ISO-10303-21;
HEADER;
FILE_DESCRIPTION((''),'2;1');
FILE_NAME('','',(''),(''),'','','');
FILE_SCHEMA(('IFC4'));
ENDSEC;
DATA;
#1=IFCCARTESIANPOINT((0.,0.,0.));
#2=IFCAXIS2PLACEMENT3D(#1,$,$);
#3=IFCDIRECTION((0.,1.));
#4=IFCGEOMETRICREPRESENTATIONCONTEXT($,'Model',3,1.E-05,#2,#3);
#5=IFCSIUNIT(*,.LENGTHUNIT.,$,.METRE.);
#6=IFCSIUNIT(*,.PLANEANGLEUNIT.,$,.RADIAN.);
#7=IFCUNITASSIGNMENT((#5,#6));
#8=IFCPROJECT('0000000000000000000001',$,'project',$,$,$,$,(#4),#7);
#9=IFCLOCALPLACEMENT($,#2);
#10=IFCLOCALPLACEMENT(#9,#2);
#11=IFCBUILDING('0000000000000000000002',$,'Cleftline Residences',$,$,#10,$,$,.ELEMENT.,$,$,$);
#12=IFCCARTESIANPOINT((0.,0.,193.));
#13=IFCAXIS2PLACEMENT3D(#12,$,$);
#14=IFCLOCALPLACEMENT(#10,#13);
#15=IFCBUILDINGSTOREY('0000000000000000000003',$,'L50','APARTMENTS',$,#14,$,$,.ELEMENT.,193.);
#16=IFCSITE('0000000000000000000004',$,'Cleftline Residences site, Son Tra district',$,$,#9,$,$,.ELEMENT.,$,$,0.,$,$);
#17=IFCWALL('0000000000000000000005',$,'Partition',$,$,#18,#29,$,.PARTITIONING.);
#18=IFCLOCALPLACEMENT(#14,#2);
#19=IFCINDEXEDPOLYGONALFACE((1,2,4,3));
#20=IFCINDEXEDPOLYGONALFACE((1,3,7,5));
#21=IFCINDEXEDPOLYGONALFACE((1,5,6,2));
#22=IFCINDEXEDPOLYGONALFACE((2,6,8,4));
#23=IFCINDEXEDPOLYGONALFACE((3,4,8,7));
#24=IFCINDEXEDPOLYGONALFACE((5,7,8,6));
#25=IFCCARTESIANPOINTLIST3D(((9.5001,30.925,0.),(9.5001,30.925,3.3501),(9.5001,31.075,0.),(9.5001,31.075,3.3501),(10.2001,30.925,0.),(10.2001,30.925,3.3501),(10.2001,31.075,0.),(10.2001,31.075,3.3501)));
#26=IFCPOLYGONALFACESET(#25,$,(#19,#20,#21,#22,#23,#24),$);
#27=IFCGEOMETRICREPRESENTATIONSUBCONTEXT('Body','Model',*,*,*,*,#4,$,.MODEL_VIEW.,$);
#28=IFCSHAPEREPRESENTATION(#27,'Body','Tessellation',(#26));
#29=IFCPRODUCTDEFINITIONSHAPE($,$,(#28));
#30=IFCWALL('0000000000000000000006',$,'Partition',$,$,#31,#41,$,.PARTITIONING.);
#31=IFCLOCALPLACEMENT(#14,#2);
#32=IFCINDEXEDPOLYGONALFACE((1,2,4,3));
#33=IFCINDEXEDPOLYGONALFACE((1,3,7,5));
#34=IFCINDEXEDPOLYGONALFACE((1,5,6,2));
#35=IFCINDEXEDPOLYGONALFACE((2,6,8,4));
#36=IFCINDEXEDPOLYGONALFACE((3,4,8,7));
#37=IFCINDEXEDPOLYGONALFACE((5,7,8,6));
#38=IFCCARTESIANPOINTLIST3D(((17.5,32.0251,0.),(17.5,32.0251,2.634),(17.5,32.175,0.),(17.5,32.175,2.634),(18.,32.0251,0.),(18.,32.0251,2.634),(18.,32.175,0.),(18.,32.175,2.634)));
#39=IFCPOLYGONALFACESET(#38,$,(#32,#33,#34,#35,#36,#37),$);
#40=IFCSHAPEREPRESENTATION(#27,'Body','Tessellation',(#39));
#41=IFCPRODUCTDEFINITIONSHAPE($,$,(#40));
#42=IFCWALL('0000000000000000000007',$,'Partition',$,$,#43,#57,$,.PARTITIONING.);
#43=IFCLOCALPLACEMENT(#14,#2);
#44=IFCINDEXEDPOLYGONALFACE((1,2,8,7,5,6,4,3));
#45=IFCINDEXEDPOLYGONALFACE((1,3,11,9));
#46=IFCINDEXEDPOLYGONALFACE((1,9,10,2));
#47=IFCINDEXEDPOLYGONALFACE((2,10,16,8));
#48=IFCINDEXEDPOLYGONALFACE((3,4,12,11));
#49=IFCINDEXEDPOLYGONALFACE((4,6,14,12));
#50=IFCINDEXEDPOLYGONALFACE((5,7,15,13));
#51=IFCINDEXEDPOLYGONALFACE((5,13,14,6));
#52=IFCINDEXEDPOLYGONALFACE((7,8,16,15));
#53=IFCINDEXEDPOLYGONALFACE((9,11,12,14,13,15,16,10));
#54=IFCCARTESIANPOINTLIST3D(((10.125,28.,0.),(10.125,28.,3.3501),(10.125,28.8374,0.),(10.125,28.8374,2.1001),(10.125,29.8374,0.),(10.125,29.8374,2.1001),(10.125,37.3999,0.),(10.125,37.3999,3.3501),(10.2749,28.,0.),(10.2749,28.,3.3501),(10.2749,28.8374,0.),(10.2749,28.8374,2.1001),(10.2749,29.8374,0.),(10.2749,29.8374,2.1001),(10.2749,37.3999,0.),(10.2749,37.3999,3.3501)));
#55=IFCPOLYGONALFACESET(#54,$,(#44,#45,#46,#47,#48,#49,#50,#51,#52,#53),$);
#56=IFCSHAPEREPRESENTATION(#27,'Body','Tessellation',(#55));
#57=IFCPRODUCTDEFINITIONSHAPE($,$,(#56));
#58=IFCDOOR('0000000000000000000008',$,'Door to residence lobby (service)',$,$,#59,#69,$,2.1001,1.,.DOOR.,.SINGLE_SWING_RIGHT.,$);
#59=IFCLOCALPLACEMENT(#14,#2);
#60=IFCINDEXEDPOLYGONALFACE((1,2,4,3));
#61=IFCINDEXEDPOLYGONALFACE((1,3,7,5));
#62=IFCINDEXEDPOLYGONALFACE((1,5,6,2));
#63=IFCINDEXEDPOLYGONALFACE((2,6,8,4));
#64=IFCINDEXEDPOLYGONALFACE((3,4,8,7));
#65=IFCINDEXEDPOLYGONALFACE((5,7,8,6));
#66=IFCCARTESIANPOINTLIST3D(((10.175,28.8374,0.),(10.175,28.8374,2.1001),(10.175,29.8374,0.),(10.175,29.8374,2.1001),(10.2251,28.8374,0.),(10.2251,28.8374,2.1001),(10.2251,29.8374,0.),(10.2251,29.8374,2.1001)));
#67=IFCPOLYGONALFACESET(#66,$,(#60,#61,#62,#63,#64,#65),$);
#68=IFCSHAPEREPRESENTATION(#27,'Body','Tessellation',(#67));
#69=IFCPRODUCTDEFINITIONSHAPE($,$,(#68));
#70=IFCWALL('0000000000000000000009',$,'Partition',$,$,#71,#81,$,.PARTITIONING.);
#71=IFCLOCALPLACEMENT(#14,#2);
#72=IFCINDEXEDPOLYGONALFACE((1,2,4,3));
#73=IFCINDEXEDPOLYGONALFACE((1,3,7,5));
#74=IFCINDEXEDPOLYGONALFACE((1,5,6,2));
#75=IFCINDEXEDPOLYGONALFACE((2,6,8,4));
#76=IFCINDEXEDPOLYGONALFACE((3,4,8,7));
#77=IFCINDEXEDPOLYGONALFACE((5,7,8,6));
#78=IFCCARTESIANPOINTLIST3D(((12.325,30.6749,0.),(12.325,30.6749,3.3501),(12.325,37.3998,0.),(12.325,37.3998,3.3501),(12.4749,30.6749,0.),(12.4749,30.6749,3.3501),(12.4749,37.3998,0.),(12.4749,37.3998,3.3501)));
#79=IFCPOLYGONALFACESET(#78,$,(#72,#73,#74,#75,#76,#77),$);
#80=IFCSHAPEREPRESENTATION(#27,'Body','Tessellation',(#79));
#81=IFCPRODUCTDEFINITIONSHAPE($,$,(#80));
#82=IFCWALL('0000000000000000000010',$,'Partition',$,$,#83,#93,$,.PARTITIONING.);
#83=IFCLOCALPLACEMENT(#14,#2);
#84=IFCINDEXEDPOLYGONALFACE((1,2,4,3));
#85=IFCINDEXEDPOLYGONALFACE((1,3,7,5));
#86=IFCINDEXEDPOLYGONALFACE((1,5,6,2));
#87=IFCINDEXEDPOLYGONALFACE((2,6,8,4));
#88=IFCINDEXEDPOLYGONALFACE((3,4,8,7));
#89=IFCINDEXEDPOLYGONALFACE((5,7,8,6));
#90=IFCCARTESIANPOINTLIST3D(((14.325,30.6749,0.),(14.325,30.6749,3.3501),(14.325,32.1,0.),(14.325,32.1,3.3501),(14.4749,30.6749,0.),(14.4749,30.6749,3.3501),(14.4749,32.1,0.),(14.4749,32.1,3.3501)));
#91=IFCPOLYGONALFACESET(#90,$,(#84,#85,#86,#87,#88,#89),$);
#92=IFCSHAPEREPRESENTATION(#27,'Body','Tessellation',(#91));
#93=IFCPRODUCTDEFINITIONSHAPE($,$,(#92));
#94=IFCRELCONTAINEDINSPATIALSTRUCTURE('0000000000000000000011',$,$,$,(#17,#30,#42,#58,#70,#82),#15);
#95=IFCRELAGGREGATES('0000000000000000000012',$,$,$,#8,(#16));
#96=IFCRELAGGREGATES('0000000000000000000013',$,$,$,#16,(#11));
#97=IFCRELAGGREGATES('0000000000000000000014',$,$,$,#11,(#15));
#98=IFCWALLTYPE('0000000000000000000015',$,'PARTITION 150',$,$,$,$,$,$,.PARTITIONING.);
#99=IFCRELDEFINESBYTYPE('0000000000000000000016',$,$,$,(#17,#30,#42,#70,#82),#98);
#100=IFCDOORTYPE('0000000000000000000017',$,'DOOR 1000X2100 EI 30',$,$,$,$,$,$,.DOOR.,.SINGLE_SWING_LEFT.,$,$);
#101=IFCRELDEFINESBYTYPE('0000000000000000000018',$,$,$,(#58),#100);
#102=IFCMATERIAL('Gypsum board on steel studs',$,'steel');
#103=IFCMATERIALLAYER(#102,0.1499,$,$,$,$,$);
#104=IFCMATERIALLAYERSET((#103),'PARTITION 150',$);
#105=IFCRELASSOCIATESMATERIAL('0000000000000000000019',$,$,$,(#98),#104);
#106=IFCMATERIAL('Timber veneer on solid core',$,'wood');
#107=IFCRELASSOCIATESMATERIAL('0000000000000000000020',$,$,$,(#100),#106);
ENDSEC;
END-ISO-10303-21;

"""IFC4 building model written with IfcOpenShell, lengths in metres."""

from ifc_helpers import new_model, si_unit, direction, frame, frame_2d, origin, place, context, subcontext, project, spatial, rectangle, extrude, material, layer, layer_set, type_object, element, fill, save


model = new_model("IFC4")

# Units and contexts
model_context = context("Model", 3, precision=1e-05, world=origin(), true_north=direction((0.0, 1.0)))
body_context = subcontext(model_context, "Body", "Model", "MODEL_VIEW")
ifc_project = project(units=[si_unit("LENGTHUNIT", "METRE"), si_unit("PLANEANGLEUNIT", "RADIAN")], contexts=[model_context])

# Site, building, storey
site_placement = place(None, origin())
site = spatial("IfcSite", under=ifc_project, at=site_placement, Name="Cleftline Residences site, Son Tra district", CompositionType="ELEMENT", RefElevation=0.0)
building_placement = place(site_placement, origin())
building = spatial("IfcBuilding", under=site, at=building_placement, Name="Cleftline Residences", CompositionType="ELEMENT")
storey_placement = place(building_placement, frame((0.0, 0.0, 193.0)))
storey = spatial("IfcBuildingStorey", under=building, at=storey_placement, Name="L50", Description="APARTMENTS", CompositionType="ELEMENT", Elevation=193.0)

# Shared definitions
ifc_material_1 = material(Name="Gypsum board on steel studs", Category="steel")
ifc_layer_1 = layer(ifc_material_1, 0.1499)
ifc_layer_set_1 = layer_set([ifc_layer_1], Name="PARTITION 150")
wall_type_1 = type_object("IfcWallType", Name="PARTITION 150", PredefinedType="PARTITIONING", material=ifc_layer_set_1)

# Walls
wall_1_placement = place(storey_placement, frame((9.5, 31.0, 0.0), z_axis=(0.0, 0.0, 1.0), x_axis=(1.0, 0.0, 0.0)))
element("IfcWall", 1, at=wall_1_placement, inside=storey, type_object=wall_type_1, Name="Partition", PredefinedType="PARTITIONING", context=body_context, shape_type="SweptSolid", body=[
    extrude(rectangle(XDim=0.7, YDim=0.1499, at=frame_2d((0.3501, 0.0))), origin(), (0.0, 0.0, 1.0), 3.3501),
])
wall_2_placement = place(storey_placement, frame((17.5, 32.1001, 0.0), z_axis=(0.0, 0.0, 1.0), x_axis=(1.0, 0.0, 0.0)))
element("IfcWall", 2, at=wall_2_placement, inside=storey, type_object=wall_type_1, Name="Partition", PredefinedType="PARTITIONING", context=body_context, shape_type="SweptSolid", body=[
    extrude(rectangle(XDim=0.5, YDim=0.1499, at=frame_2d((0.25, 0.0))), origin(), (0.0, 0.0, 1.0), 2.634),
])

# Wall, opening, door
wall_3_placement = place(storey_placement, frame((10.2, 28.0, 0.0), z_axis=(0.0, 0.0, 1.0), x_axis=(0.0, 1.0, 0.0)))
wall_3 = element("IfcWall", 3, at=wall_3_placement, inside=storey, type_object=wall_type_1, Name="Partition", PredefinedType="PARTITIONING", context=body_context, shape_type="SweptSolid", body=[
    extrude(rectangle(XDim=9.3999, YDim=0.1499, at=frame_2d((4.7, 0.0))), origin(), (0.0, 0.0, 1.0), 3.3501),
])
opening_1_placement = place(wall_3_placement, frame((0.8374, 0.0, 0.0)))
opening_1 = element("IfcOpeningElement", 4, at=opening_1_placement, cuts=wall_3, PredefinedType="OPENING", context=body_context, shape_type="SweptSolid", body=[
    extrude(rectangle(XDim=1.0, YDim=2.1001, at=frame_2d((0.5, 1.05))), frame((0.0, 0.085, 0.0), z_axis=(0.0, -1.0, 0.0), x_axis=(1.0, 0.0, 0.0)), (0.0, 0.0, 1.0), 0.1699),
])
ifc_material_2 = material(Name="Timber veneer on solid core", Category="wood")
door_type_1 = type_object("IfcDoorType", Name="DOOR 1000X2100 EI 30", OperationType="SINGLE_SWING_LEFT", PredefinedType="DOOR", material=ifc_material_2)
door_1_placement = place(opening_1_placement, origin())
door_1 = element("IfcDoor", 5, at=door_1_placement, inside=storey, type_object=door_type_1, Name="Door to residence lobby (service)", OperationType="SINGLE_SWING_RIGHT", OverallHeight=2.1001, OverallWidth=1.0, PredefinedType="DOOR", context=body_context, shape_type="SweptSolid", body=[
    extrude(rectangle(XDim=1.0, YDim=2.1001, at=frame_2d((0.5, 1.05))), frame((0.0, 0.0249, 0.0), z_axis=(0.0, -1.0, 0.0), x_axis=(1.0, 0.0, 0.0)), (0.0, 0.0, 1.0), 0.05),
])
fill(opening_1, door_1)

# Walls
wall_4_placement = place(storey_placement, frame((12.3999, 30.675, 0.0), z_axis=(0.0, 0.0, 1.0), x_axis=(0.0, 1.0, 0.0)))
element("IfcWall", 6, at=wall_4_placement, inside=storey, type_object=wall_type_1, Name="Partition", PredefinedType="PARTITIONING", context=body_context, shape_type="SweptSolid", body=[
    extrude(rectangle(XDim=6.7249, YDim=0.1499, at=frame_2d((3.3623, 0.0))), origin(), (0.0, 0.0, 1.0), 3.3501),
])
wall_5_placement = place(storey_placement, frame((14.3999, 30.675, 0.0), z_axis=(0.0, 0.0, 1.0), x_axis=(0.0, 1.0, 0.0)))
element("IfcWall", 7, at=wall_5_placement, inside=storey, type_object=wall_type_1, Name="Partition", PredefinedType="PARTITIONING", context=body_context, shape_type="SweptSolid", body=[
    extrude(rectangle(XDim=1.425, YDim=0.1499, at=frame_2d((0.7124, 0.0))), origin(), (0.0, 0.0, 1.0), 3.3501),
])

save(model, "model.ifc")
